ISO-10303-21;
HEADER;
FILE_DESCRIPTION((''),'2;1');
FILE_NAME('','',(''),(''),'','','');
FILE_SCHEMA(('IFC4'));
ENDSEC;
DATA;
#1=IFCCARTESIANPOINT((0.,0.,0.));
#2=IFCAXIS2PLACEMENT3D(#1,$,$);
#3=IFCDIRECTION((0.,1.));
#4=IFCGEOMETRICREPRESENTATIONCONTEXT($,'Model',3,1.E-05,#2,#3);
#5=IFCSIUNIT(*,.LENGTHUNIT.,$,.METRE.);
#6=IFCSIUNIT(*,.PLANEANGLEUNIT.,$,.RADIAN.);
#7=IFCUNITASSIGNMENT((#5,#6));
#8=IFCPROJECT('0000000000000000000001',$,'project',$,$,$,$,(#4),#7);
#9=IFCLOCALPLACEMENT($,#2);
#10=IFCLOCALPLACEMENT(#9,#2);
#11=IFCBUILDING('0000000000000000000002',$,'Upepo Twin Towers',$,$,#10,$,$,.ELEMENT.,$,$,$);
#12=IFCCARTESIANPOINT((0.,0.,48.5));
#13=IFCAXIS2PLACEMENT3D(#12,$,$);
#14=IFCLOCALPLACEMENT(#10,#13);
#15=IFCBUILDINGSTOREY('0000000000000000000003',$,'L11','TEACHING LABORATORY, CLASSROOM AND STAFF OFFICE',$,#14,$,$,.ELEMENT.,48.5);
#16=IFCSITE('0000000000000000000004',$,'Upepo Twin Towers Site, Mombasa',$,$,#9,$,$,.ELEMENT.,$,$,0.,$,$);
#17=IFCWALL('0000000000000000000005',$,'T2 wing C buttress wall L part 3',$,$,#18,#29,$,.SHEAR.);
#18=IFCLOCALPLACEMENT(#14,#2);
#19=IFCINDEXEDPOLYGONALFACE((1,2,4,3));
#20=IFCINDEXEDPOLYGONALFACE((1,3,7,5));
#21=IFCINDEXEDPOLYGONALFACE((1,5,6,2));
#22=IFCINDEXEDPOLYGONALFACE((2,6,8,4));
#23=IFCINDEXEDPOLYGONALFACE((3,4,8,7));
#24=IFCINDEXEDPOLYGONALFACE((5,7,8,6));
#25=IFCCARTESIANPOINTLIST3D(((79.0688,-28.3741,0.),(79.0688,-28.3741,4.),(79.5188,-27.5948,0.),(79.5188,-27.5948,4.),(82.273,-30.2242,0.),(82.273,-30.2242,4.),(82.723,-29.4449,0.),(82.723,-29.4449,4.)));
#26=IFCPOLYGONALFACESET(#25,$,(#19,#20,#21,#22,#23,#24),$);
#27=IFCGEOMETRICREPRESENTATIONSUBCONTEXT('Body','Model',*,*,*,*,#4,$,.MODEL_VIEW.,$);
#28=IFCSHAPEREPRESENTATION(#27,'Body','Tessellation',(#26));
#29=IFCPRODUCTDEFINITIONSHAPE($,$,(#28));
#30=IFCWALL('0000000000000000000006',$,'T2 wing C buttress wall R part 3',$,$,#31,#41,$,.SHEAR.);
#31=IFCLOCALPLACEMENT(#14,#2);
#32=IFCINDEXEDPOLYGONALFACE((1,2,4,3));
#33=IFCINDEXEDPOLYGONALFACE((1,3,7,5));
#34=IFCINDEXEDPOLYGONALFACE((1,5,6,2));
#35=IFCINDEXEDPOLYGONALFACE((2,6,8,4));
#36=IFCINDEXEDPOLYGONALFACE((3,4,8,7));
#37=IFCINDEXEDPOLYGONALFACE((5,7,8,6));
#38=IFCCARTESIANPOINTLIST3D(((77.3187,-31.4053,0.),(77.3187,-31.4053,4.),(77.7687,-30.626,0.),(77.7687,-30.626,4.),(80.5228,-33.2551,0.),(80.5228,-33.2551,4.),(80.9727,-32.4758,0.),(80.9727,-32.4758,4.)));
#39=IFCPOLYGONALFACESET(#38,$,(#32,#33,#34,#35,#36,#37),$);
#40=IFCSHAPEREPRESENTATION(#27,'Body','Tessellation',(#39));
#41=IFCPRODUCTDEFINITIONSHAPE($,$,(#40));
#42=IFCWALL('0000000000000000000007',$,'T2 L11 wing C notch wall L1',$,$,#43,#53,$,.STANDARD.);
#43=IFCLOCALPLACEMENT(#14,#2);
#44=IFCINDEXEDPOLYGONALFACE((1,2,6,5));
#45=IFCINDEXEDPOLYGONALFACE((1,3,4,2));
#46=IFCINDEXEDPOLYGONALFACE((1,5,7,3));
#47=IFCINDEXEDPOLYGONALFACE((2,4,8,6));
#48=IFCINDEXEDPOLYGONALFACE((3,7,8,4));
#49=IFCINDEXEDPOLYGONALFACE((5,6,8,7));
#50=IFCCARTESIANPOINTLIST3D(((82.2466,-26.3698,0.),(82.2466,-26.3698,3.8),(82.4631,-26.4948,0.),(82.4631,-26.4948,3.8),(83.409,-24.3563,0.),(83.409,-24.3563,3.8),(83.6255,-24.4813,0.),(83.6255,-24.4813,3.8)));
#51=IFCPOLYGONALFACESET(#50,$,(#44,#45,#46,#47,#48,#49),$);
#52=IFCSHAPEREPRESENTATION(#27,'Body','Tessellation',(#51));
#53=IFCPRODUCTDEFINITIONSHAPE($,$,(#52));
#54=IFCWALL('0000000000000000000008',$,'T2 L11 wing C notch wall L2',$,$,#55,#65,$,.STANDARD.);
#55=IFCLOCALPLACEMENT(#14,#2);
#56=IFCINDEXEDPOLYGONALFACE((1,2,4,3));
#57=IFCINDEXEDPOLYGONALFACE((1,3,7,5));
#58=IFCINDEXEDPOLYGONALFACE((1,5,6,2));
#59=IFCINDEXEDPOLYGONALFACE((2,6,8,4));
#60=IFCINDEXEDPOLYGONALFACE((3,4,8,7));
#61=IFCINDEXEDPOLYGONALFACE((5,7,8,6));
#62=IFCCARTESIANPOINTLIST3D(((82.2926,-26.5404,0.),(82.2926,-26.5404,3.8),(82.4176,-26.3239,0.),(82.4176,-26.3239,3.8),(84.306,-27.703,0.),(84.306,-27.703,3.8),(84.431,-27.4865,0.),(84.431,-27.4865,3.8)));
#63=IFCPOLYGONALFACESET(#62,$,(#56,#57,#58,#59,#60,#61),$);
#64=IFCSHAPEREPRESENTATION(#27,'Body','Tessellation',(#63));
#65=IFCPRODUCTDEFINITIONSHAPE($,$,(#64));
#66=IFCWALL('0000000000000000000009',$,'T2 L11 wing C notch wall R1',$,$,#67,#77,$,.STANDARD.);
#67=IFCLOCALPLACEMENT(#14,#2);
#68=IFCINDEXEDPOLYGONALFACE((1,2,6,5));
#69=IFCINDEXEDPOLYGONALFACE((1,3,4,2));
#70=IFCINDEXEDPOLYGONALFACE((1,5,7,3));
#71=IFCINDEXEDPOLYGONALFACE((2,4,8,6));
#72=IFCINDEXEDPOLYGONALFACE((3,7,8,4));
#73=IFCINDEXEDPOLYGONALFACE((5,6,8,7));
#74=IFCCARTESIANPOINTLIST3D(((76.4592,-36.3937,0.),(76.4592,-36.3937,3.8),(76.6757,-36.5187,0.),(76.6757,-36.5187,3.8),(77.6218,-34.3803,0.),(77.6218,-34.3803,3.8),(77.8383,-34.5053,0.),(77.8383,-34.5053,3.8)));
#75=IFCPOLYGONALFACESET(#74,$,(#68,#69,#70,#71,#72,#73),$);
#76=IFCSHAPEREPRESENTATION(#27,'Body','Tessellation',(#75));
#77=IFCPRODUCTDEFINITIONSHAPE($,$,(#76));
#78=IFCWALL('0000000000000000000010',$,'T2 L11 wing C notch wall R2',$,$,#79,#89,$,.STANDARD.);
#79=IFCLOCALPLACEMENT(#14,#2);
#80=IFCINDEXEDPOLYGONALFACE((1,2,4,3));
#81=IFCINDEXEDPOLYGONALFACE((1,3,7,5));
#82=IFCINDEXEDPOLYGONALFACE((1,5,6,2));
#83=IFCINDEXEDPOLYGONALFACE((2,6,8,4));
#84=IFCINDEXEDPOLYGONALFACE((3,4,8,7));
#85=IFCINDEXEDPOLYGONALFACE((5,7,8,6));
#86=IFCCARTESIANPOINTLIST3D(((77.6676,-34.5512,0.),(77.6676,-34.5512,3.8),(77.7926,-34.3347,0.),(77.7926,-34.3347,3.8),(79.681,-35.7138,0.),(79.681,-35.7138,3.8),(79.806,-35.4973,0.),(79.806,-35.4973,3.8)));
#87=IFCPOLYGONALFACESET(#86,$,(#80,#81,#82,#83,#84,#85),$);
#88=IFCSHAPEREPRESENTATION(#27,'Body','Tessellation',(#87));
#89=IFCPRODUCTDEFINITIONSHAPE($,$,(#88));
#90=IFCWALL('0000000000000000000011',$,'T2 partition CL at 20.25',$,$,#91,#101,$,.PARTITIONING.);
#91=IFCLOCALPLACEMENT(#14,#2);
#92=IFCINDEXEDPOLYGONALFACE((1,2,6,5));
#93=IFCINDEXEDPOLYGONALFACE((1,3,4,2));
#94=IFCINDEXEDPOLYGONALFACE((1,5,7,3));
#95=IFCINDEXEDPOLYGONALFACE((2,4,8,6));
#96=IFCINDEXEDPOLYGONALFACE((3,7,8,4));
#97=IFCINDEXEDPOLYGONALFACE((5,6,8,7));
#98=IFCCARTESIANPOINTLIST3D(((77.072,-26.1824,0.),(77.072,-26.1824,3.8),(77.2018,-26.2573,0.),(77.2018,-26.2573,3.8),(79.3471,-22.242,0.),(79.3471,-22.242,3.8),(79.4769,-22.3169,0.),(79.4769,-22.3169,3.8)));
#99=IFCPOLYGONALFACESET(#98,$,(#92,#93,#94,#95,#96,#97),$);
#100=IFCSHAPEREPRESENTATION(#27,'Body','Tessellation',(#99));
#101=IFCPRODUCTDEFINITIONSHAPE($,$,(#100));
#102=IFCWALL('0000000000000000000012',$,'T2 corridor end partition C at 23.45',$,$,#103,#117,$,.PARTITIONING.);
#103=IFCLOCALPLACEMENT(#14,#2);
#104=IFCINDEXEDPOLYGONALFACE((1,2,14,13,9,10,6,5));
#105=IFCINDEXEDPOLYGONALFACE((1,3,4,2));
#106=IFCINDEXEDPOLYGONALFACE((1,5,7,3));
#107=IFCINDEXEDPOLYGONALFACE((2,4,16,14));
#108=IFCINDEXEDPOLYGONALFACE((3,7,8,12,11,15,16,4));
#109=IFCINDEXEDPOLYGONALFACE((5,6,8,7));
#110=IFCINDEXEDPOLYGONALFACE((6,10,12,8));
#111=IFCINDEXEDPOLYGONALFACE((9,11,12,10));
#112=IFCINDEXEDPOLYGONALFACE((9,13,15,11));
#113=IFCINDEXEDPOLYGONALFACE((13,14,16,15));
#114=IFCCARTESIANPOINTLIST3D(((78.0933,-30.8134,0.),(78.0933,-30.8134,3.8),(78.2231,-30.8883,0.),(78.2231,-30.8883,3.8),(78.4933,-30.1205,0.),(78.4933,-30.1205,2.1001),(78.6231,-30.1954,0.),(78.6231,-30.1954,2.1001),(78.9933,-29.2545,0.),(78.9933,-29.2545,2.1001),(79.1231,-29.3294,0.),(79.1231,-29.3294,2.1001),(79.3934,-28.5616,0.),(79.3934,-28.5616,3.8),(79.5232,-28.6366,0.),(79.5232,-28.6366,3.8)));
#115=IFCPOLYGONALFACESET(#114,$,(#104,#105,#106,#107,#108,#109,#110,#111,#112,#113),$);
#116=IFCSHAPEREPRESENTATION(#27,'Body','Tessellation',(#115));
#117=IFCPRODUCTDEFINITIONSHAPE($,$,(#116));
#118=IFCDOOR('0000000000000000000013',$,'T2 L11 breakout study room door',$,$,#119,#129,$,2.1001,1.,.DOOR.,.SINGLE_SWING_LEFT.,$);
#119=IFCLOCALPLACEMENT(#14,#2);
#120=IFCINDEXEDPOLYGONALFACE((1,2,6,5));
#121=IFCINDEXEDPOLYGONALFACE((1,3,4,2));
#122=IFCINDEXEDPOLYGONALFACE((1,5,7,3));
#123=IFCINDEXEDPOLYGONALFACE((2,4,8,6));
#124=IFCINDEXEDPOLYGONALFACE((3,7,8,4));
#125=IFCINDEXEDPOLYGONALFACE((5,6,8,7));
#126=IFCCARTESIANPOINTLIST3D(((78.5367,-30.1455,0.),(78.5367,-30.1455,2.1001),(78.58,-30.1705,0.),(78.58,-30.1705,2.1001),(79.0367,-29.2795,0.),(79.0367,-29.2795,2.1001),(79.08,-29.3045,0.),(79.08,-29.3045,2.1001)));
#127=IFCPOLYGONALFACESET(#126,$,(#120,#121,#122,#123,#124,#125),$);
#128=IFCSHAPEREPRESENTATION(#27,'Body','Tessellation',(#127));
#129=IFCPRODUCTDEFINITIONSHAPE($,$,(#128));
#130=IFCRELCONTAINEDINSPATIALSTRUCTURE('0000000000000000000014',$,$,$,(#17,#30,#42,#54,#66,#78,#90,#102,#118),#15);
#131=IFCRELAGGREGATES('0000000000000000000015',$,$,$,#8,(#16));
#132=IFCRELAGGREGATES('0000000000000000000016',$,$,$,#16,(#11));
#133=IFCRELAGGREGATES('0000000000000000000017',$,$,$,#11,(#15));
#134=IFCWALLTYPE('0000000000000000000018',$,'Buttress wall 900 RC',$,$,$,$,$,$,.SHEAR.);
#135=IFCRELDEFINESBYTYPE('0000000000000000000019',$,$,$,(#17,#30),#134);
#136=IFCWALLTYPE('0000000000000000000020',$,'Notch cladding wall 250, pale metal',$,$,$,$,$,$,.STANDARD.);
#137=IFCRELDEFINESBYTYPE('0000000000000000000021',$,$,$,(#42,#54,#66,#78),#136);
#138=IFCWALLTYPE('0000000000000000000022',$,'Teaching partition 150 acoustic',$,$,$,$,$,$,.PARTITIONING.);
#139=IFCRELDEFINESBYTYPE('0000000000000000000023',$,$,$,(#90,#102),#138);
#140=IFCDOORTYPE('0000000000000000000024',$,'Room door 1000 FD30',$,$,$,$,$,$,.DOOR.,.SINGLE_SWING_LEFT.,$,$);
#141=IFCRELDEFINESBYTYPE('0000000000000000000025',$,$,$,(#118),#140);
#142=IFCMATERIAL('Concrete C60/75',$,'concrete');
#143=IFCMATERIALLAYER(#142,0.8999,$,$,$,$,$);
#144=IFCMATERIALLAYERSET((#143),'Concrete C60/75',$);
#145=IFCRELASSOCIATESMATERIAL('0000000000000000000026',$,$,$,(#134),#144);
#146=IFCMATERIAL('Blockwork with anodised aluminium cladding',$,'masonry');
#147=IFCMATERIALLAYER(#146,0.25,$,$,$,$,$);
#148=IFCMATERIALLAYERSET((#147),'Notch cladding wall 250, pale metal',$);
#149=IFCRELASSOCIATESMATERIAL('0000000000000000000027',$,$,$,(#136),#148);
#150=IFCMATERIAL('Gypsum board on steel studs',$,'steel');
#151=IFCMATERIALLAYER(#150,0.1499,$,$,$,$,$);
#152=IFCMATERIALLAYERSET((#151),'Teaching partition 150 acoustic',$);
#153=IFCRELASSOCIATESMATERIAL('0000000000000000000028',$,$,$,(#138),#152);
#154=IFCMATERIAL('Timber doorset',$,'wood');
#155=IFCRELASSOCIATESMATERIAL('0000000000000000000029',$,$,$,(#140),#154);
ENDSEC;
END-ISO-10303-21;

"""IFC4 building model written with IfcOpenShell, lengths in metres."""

from ifc_helpers import new_model, si_unit, direction, frame, frame_2d, origin, place, context, subcontext, project, spatial, rectangle, extrude, material, layer, layer_set, type_object, element, fill, save


model = new_model("IFC4")

# Units and contexts
model_context = context("Model", 3, precision=1e-05, world=origin(), true_north=direction((0.0, 1.0)))
body_context = subcontext(model_context, "Body", "Model", "MODEL_VIEW")
ifc_project = project(units=[si_unit("LENGTHUNIT", "METRE"), si_unit("PLANEANGLEUNIT", "RADIAN")], contexts=[model_context])

# Site, building, storey
site_placement = place(None, origin())
site = spatial("IfcSite", under=ifc_project, at=site_placement, Name="Upepo Twin Towers Site, Mombasa", CompositionType="ELEMENT", RefElevation=0.0)
building_placement = place(site_placement, origin())
building = spatial("IfcBuilding", under=site, at=building_placement, Name="Upepo Twin Towers", CompositionType="ELEMENT")
storey_placement = place(building_placement, frame((0.0, 0.0, 48.5)))
storey = spatial("IfcBuildingStorey", under=building, at=storey_placement, Name="L11", Description="TEACHING LABORATORY, CLASSROOM AND STAFF OFFICE", CompositionType="ELEMENT", Elevation=48.5)

# Walls
ifc_material_1 = material(Name="Concrete C60/75", Category="concrete")
ifc_layer_1 = layer(ifc_material_1, 0.8999)
ifc_layer_set_1 = layer_set([ifc_layer_1], Name="Concrete C60/75")
wall_type_1 = type_object("IfcWallType", Name="Buttress wall 900 RC", PredefinedType="SHEAR", material=ifc_layer_set_1)
wall_1_placement = place(storey_placement, frame((79.2937, -27.9844, 0.0), z_axis=(0.0, 0.0, 1.0), x_axis=(0.866001, -0.500042, 0.0)))
element("IfcWall", 1, at=wall_1_placement, inside=storey, type_object=wall_type_1, Name="T2 wing C buttress wall L part 3", PredefinedType="SHEAR", context=body_context, shape_type="SweptSolid", body=[
    extrude(rectangle(XDim=3.7, YDim=0.8999, at=frame_2d((1.8501, 0.0))), origin(), (0.0, 0.0, 1.0), 4.0),
])
wall_2_placement = place(storey_placement, frame((77.5437, -31.0156, 0.0), z_axis=(0.0, 0.0, 1.0), x_axis=(0.86603, -0.499993, 0.0)))
element("IfcWall", 2, at=wall_2_placement, inside=storey, type_object=wall_type_1, Name="T2 wing C buttress wall R part 3", PredefinedType="SHEAR", context=body_context, shape_type="SweptSolid", body=[
    extrude(rectangle(XDim=3.6997, YDim=0.8999, at=frame_2d((1.8499, 0.0))), origin(), (0.0, 0.0, 1.0), 4.0),
])
ifc_material_2 = material(Name="Blockwork with anodised aluminium cladding", Category="masonry")
ifc_layer_2 = layer(ifc_material_2, 0.25)
ifc_layer_set_2 = layer_set([ifc_layer_2], Name="Notch cladding wall 250, pale metal")
wall_type_2 = type_object("IfcWallType", Name="Notch cladding wall 250, pale metal", PredefinedType="STANDARD", material=ifc_layer_set_2)
for number, where, z_axis, x_axis, name in (
    (3, (83.5173, -24.4187, 0.0), (0.0, 0.0, 1.0), (-0.499968, -0.866044, 0.0), "T2 L11 wing C notch wall L1"),
    (4, (82.355, -26.4321, 0.0), (0.0, 0.0, 1.0), (0.865998, -0.500047, 0.0), "T2 L11 wing C notch wall L2"),
    (5, (76.5674, -36.4563, 0.0), (0.0, 0.0, 1.0), (0.500047, 0.865998, 0.0), "T2 L11 wing C notch wall R1"),
    (6, (77.73, -34.4429, 0.0), (0.0, 0.0, 1.0), (0.865998, -0.500047, 0.0), "T2 L11 wing C notch wall R2"),
):
    element("IfcWall", number, at=place(storey_placement, frame(where, z_axis=z_axis, x_axis=x_axis)), inside=storey, type_object=wall_type_2, Name=name, PredefinedType="STANDARD", context=body_context, shape_type="SweptSolid", body=[
        extrude(rectangle(XDim=2.325, YDim=0.25, at=frame_2d((1.1626, 0.0))), origin(), (0.0, 0.0, 1.0), 3.8),
    ])
ifc_material_3 = material(Name="Gypsum board on steel studs", Category="steel")
ifc_layer_3 = layer(ifc_material_3, 0.1499)
ifc_layer_set_3 = layer_set([ifc_layer_3], Name="Teaching partition 150 acoustic")
wall_type_3 = type_object("IfcWallType", Name="Teaching partition 150 acoustic", PredefinedType="PARTITIONING", material=ifc_layer_set_3)
wall_3_placement = place(storey_placement, frame((77.137, -26.2197, 0.0), z_axis=(0.0, 0.0, 1.0), x_axis=(0.500023, 0.866012, 0.0)))
element("IfcWall", 7, at=wall_3_placement, inside=storey, type_object=wall_type_3, Name="T2 partition CL at 20.25", PredefinedType="PARTITIONING", context=body_context, shape_type="SweptSolid", body=[
    extrude(rectangle(XDim=4.55, YDim=0.1499, at=frame_2d((2.2749, 0.0))), origin(), (0.0, 0.0, 1.0), 3.8),
])

# Wall, opening, door
wall_4_placement = place(storey_placement, frame((78.1582, -30.8508, 0.0), z_axis=(0.0, 0.0, 1.0), x_axis=(0.500007, 0.866021, 0.0)))
wall_4 = element("IfcWall", 8, at=wall_4_placement, inside=storey, type_object=wall_type_3, Name="T2 corridor end partition C at 23.45", PredefinedType="PARTITIONING", context=body_context, shape_type="SweptSolid", body=[
    extrude(rectangle(XDim=2.6001, YDim=0.1499, at=frame_2d((1.3, 0.0))), origin(), (0.0, 0.0, 1.0), 3.8),
])
opening_placement = place(wall_4_placement, frame((0.8, 0.0, 0.0)))
opening = element("IfcOpeningElement", 9, at=opening_placement, cuts=wall_4, PredefinedType="OPENING", context=body_context, shape_type="SweptSolid", body=[
    extrude(rectangle(XDim=1.0, YDim=2.1001, at=frame_2d((0.5, 1.05))), frame((0.0, 0.085, 0.0), z_axis=(0.0, -1.0, 0.0), x_axis=(1.0, 0.0, 0.0)), (0.0, 0.0, 1.0), 0.1699),
])
ifc_material_4 = material(Name="Timber doorset", Category="wood")
door_type = type_object("IfcDoorType", Name="Room door 1000 FD30", OperationType="SINGLE_SWING_LEFT", PredefinedType="DOOR", material=ifc_material_4)
door_placement = place(opening_placement, origin())
door = element("IfcDoor", 10, at=door_placement, inside=storey, type_object=door_type, Name="T2 L11 breakout study room door", OperationType="SINGLE_SWING_LEFT", OverallHeight=2.1001, OverallWidth=1.0, PredefinedType="DOOR", context=body_context, shape_type="SweptSolid", body=[
    extrude(rectangle(XDim=1.0, YDim=2.1001, at=frame_2d((0.5, 1.05))), frame((0.0, 0.0249, 0.0), z_axis=(0.0, -1.0, 0.0), x_axis=(1.0, 0.0, 0.0)), (0.0, 0.0, 1.0), 0.05),
])
fill(opening, door)

save(model, "model.ifc")
